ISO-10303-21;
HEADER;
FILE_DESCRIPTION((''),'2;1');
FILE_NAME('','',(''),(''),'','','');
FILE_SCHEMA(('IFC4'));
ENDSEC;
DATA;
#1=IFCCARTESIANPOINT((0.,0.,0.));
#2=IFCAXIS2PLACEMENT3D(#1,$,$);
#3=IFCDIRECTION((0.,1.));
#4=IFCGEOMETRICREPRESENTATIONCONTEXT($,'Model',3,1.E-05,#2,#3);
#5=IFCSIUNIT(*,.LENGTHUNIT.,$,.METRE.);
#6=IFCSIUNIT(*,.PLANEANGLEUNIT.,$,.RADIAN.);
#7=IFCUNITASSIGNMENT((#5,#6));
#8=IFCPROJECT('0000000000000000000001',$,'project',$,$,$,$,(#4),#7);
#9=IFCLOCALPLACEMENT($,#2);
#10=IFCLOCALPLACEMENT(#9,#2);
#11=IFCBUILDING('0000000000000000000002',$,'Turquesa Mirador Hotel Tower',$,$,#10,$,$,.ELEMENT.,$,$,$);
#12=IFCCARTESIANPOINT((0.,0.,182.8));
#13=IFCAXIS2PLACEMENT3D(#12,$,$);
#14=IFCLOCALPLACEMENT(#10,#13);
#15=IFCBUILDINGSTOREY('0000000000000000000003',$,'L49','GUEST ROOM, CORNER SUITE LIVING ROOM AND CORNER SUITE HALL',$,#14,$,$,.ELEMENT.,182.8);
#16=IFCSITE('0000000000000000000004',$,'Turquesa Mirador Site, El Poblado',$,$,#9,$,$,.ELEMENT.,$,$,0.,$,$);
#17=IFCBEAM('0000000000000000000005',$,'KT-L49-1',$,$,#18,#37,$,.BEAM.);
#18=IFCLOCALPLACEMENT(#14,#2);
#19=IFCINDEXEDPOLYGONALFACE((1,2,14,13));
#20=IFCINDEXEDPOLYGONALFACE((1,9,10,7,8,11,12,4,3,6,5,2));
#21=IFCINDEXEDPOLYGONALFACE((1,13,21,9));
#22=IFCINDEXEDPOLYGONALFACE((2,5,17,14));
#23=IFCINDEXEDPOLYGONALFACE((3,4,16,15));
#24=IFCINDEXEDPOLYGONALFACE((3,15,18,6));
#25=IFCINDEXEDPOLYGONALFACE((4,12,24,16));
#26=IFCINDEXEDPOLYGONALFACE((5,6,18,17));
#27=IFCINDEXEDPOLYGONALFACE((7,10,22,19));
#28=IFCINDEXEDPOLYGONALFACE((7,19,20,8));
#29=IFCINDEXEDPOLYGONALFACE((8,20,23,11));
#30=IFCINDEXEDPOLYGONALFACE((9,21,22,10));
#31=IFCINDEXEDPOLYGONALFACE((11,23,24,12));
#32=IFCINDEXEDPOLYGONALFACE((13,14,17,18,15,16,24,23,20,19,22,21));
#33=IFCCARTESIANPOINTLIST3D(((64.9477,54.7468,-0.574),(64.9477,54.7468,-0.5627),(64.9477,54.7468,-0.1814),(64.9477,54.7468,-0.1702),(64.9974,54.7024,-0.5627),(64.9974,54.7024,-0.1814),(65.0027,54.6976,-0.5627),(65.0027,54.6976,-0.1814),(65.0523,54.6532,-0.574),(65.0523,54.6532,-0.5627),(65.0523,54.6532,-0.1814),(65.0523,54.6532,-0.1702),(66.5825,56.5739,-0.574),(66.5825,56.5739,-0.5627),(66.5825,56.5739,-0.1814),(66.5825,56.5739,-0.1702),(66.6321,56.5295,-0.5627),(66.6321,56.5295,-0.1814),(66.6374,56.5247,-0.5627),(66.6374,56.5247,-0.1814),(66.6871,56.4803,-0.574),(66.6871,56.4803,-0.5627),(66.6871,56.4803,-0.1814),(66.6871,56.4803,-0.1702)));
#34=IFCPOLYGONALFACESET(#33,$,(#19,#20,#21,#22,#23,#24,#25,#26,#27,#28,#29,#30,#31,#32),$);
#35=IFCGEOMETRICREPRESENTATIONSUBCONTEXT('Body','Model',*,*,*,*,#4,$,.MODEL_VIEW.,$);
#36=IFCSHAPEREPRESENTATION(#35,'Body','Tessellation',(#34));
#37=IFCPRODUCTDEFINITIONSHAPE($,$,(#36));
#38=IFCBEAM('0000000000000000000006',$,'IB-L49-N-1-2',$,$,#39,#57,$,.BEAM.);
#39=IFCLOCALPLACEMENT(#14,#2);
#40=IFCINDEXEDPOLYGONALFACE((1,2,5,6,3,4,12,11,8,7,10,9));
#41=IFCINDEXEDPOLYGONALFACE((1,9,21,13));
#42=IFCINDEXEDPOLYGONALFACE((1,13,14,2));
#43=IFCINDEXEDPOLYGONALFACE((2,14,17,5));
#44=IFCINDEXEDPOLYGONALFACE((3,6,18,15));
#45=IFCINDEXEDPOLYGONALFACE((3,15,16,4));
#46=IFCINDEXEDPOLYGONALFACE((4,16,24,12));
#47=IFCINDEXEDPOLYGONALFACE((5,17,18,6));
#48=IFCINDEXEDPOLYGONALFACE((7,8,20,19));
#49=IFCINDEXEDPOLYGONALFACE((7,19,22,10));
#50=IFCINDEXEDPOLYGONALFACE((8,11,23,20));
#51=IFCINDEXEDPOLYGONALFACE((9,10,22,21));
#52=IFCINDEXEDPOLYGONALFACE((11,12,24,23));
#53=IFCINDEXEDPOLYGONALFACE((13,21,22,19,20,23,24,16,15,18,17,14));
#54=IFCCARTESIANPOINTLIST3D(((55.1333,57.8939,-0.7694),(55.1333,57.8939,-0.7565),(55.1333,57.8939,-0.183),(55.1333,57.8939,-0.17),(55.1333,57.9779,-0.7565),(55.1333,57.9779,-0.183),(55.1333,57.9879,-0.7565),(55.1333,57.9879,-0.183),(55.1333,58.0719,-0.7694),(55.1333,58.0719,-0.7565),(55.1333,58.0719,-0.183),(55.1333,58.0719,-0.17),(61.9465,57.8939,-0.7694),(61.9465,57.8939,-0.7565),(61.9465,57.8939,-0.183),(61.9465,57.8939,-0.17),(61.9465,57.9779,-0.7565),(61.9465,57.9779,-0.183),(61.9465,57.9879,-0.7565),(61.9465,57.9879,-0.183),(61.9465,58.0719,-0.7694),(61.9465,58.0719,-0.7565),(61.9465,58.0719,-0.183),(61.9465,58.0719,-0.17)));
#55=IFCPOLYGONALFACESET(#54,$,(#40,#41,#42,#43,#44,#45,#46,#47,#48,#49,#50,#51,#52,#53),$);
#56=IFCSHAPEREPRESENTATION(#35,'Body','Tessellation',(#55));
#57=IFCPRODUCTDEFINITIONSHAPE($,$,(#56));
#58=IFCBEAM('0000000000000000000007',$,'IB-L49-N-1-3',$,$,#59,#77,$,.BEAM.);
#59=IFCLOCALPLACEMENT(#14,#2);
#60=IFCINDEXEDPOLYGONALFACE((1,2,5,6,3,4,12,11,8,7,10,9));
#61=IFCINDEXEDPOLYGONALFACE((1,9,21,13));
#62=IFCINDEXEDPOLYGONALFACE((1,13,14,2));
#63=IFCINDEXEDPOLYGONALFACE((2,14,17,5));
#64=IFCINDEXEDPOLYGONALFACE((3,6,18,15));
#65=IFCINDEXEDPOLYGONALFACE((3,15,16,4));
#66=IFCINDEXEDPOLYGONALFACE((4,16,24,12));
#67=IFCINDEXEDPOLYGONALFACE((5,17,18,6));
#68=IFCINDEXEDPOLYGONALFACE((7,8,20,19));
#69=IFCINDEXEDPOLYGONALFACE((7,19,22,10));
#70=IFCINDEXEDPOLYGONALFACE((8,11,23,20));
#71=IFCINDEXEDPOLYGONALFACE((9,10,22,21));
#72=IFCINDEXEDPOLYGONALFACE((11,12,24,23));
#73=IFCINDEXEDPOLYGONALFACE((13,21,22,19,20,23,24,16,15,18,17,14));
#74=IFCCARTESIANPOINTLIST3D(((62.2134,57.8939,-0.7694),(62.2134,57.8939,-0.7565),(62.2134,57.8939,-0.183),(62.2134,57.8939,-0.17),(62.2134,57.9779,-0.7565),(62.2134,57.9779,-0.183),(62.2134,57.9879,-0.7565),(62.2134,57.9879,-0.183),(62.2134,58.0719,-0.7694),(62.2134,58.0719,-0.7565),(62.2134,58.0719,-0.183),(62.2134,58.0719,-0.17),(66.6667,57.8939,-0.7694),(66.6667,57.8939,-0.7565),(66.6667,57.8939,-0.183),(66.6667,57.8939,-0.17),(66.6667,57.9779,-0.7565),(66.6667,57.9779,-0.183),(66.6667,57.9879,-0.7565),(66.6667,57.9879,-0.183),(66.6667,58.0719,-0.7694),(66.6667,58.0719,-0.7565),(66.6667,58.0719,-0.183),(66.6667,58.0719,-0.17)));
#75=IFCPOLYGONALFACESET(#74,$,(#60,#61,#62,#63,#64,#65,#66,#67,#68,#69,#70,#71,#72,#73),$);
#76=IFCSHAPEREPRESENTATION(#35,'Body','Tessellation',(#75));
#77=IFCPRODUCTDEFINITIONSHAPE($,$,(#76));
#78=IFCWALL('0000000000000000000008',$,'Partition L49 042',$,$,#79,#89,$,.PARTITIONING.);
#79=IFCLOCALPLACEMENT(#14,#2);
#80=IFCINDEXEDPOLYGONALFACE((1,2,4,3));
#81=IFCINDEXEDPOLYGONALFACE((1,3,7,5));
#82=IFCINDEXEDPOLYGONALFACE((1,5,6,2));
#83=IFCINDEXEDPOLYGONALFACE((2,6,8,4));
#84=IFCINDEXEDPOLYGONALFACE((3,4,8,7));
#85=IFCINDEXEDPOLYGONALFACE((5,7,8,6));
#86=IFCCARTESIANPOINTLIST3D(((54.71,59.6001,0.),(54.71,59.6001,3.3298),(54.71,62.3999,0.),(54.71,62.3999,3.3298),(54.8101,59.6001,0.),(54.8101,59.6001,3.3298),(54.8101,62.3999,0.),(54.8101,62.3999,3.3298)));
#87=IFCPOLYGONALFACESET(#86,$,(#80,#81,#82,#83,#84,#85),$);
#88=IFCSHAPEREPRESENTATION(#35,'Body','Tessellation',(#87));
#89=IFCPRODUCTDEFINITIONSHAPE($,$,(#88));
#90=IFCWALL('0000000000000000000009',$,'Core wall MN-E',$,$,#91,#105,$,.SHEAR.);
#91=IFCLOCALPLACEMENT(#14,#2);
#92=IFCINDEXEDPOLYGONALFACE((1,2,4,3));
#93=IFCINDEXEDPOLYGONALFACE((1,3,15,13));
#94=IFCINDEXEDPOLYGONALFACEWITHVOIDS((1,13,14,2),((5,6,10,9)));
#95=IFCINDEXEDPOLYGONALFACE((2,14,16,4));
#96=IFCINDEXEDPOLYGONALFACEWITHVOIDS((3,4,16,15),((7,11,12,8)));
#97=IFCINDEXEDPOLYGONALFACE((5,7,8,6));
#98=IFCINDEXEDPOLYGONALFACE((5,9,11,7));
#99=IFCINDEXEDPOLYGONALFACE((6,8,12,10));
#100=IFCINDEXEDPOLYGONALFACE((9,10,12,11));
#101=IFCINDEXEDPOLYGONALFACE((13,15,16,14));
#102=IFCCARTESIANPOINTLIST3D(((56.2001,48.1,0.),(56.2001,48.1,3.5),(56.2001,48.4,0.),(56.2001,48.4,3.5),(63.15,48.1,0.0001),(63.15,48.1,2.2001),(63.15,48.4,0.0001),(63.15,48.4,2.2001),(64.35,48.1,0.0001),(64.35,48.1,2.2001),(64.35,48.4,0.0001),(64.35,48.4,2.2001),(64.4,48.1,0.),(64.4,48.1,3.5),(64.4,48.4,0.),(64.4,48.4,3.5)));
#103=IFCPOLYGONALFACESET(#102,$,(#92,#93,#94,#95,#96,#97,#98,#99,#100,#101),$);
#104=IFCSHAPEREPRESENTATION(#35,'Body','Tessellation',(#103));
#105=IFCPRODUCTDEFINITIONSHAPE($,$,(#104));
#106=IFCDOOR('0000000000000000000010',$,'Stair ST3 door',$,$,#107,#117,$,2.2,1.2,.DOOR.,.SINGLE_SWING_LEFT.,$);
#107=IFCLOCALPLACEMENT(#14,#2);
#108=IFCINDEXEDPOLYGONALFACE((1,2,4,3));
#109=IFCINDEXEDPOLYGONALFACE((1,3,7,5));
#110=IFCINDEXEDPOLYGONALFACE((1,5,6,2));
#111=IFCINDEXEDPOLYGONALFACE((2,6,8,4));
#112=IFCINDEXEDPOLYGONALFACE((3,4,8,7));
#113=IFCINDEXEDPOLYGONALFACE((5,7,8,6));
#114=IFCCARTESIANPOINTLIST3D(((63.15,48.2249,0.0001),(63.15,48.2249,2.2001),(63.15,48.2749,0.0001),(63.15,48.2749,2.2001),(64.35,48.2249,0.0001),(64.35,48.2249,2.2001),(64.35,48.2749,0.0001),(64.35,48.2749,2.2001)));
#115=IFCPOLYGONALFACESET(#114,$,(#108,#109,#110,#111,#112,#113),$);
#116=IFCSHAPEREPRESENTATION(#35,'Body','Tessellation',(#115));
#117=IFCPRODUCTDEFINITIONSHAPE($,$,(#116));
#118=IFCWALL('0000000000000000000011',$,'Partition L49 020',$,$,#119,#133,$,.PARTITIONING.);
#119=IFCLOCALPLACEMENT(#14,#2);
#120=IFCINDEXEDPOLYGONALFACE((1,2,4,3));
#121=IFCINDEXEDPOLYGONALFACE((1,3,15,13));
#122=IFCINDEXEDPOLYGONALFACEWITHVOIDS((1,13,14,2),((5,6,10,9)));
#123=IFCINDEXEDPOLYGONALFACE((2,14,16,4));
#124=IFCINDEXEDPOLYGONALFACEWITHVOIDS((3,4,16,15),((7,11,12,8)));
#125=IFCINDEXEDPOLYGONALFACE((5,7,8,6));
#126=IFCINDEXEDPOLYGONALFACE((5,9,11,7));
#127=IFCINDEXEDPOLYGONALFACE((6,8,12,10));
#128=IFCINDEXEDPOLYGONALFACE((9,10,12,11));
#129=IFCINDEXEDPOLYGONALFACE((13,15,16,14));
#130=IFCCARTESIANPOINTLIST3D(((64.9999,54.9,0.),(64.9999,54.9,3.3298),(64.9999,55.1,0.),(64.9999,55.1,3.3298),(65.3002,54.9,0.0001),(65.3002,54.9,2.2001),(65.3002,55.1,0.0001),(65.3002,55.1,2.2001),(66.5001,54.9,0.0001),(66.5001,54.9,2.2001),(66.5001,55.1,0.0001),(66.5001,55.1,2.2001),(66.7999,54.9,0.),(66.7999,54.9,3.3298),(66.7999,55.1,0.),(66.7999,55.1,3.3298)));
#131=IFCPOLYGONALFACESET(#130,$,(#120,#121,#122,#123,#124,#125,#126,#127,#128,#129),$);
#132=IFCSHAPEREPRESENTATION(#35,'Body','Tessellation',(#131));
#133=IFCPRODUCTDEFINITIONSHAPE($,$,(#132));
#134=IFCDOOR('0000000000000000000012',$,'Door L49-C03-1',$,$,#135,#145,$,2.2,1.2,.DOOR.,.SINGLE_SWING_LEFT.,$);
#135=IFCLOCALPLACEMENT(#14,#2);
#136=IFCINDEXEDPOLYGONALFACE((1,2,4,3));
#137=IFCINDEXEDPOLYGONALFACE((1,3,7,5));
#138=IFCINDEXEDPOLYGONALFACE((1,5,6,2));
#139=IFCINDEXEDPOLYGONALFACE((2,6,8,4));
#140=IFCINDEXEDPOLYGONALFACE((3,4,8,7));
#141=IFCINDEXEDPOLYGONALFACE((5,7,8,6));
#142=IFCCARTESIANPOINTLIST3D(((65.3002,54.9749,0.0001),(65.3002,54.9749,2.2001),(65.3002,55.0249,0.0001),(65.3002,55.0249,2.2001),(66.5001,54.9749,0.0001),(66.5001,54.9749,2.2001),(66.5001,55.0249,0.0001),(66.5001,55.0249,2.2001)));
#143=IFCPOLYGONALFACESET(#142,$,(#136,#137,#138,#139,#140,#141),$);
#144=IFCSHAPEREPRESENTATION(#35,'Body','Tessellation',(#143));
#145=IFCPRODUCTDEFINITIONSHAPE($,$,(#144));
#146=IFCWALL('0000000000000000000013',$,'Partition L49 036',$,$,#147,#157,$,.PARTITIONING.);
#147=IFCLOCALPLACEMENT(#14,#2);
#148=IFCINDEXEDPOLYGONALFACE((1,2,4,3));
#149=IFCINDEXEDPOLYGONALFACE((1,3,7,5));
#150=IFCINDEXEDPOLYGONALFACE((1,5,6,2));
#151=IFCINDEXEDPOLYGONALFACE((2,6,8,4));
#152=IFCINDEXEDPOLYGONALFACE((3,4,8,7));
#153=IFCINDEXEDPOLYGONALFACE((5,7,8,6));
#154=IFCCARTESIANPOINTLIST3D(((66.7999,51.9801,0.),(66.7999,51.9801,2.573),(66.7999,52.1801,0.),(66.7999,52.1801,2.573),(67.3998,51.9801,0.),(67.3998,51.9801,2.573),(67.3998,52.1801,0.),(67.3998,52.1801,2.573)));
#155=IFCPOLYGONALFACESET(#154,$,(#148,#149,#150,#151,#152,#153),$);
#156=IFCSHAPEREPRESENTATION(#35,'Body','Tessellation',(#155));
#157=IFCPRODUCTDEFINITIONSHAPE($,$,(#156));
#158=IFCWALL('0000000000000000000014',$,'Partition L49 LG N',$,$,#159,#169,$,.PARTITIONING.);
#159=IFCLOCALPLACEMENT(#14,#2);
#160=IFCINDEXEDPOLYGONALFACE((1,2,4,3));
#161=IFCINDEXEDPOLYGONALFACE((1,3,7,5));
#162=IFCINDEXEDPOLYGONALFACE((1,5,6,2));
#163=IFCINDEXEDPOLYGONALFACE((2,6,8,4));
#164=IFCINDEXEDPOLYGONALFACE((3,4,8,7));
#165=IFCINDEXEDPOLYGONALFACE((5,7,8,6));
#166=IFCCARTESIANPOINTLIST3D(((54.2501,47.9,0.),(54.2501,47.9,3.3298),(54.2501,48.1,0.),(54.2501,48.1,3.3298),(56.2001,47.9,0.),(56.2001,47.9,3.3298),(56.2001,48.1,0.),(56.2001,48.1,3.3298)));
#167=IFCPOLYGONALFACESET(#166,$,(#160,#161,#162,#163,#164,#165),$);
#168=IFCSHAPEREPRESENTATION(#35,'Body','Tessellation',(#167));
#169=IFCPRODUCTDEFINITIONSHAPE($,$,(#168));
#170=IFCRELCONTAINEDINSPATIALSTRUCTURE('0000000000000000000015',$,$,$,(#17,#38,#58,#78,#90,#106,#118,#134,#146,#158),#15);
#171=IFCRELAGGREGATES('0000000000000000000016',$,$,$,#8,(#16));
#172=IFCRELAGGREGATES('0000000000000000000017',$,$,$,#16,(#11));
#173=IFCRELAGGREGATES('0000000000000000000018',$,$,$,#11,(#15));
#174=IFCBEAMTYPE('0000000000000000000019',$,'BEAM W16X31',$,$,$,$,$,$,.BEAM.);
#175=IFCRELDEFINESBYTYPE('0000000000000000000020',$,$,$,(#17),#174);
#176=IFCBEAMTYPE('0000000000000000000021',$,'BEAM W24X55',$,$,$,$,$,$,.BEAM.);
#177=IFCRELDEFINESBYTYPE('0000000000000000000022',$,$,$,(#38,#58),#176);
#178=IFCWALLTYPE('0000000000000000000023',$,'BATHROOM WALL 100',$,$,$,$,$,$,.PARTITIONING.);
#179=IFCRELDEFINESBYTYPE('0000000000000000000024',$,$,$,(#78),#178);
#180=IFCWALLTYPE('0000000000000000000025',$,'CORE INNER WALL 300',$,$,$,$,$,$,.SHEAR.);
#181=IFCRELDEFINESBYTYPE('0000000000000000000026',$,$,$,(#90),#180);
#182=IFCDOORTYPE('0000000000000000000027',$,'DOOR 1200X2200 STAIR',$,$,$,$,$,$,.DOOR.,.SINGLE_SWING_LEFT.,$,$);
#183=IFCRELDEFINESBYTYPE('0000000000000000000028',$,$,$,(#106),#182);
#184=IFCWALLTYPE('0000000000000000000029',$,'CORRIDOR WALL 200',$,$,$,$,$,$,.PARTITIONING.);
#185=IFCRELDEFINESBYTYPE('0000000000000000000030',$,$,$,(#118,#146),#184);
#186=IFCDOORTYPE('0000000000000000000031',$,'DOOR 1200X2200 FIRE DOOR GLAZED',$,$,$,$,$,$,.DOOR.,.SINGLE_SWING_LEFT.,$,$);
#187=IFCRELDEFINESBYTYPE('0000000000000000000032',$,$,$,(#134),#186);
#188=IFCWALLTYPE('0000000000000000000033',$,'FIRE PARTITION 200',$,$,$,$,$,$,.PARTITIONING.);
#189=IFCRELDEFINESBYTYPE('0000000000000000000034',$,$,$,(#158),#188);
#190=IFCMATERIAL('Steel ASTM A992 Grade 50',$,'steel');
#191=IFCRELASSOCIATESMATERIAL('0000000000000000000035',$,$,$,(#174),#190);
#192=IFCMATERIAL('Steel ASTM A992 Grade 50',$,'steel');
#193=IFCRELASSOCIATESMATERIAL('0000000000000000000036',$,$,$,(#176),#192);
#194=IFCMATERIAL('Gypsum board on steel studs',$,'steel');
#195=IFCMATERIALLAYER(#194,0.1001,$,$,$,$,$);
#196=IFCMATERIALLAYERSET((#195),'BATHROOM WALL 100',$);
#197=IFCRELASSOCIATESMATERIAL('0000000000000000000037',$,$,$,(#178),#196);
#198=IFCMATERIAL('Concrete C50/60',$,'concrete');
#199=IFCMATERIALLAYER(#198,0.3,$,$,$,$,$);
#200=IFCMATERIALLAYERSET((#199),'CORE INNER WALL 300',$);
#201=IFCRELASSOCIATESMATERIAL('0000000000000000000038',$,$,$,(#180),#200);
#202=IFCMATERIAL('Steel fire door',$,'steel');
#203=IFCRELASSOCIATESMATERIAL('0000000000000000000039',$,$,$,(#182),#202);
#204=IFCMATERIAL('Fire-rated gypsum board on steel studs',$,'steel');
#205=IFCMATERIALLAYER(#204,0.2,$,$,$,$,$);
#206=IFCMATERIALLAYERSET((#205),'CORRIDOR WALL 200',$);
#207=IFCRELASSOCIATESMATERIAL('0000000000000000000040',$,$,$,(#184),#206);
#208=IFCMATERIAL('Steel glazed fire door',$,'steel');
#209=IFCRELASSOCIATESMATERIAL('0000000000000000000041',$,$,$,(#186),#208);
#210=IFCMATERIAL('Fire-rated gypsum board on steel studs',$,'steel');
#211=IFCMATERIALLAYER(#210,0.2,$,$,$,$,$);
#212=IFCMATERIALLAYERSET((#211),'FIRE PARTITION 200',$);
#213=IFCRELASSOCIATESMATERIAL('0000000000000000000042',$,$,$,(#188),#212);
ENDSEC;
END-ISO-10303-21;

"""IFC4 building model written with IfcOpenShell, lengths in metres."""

from ifc_helpers import new_model, si_unit, direction, frame, frame_2d, origin, origin_2d, place, context, subcontext, project, spatial, rectangle, i_section, extrude, material, layer, layer_set, material_profile, profile_set, type_object, element, fill, save


model = new_model("IFC4")

# Units and contexts
model_context = context("Model", 3, precision=1e-05, world=origin(), true_north=direction((0.0, 1.0)))
body_context = subcontext(model_context, "Body", "Model", "MODEL_VIEW")
ifc_project = project(units=[si_unit("LENGTHUNIT", "METRE"), si_unit("PLANEANGLEUNIT", "RADIAN")], contexts=[model_context])

# Site, building, storey
site_placement = place(None, origin())
site = spatial("IfcSite", under=ifc_project, at=site_placement, Name="Turquesa Mirador Site, El Poblado", CompositionType="ELEMENT", RefElevation=0.0)
building_placement = place(site_placement, origin())
building = spatial("IfcBuilding", under=site, at=building_placement, Name="Turquesa Mirador Hotel Tower", CompositionType="ELEMENT")
storey_placement = place(building_placement, frame((0.0, 0.0, 182.8)))
storey = spatial("IfcBuildingStorey", under=building, at=storey_placement, Name="L49", Description="GUEST ROOM, CORNER SUITE LIVING ROOM AND CORNER SUITE HALL", CompositionType="ELEMENT", Elevation=182.8)

# Beams
ifc_material_1 = material(Name="Steel ASTM A992 Grade 50", Category="steel")
ifc_material_profile_1 = material_profile(ifc_material_1, i_section(OverallWidth=0.1404, OverallDepth=0.4038, WebThickness=0.0071, FlangeThickness=0.0112, at=origin_2d()), Name="W16X31")
ifc_profile_set_1 = profile_set([ifc_material_profile_1], Name="Steel ASTM A992 Grade 50")
beam_type_1 = type_object("IfcBeamType", Name="BEAM W16X31", PredefinedType="BEAM", material=ifc_profile_set_1)
beam_1_placement = place(storey_placement, frame((66.6348, 56.5271, -0.3721), z_axis=(-0.666783, -0.745252, 0.0), x_axis=(0.745252, -0.666783, 0.0)))
element("IfcBeam", 1, at=beam_1_placement, inside=storey, type_object=beam_type_1, Name="KT-L49-1", PredefinedType="BEAM", context=body_context, shape_type="SweptSolid", body=[
    extrude(i_section(OverallWidth=0.1404, OverallDepth=0.4038, WebThickness=0.0071, FlangeThickness=0.0112, at=origin_2d()), origin(), (0.0, 0.0, 1.0), 2.4517),
])
ifc_material_2 = material(Name="Steel ASTM A992 Grade 50", Category="steel")
ifc_material_profile_2 = material_profile(ifc_material_2, i_section(OverallWidth=0.178, OverallDepth=0.5994, WebThickness=0.01, FlangeThickness=0.0129, at=origin_2d()), Name="W24X55")
ifc_profile_set_2 = profile_set([ifc_material_profile_2], Name="Steel ASTM A992 Grade 50")
beam_type_2 = type_object("IfcBeamType", Name="BEAM W24X55", PredefinedType="BEAM", material=ifc_profile_set_2)
beam_2_placement = place(storey_placement, frame((55.1333, 57.9829, -0.4697), z_axis=(1.0, 0.0, 0.0), x_axis=(0.0, 1.0, 0.0)))
element("IfcBeam", 2, at=beam_2_placement, inside=storey, type_object=beam_type_2, Name="IB-L49-N-1-2", PredefinedType="BEAM", context=body_context, shape_type="SweptSolid", body=[
    extrude(i_section(OverallWidth=0.178, OverallDepth=0.5994, WebThickness=0.01, FlangeThickness=0.0129, at=origin_2d()), origin(), (0.0, 0.0, 1.0), 6.8132),
])
beam_3_placement = place(storey_placement, frame((62.2134, 57.9829, -0.4697), z_axis=(1.0, 0.0, 0.0), x_axis=(0.0, 1.0, 0.0)))
element("IfcBeam", 3, at=beam_3_placement, inside=storey, type_object=beam_type_2, Name="IB-L49-N-1-3", PredefinedType="BEAM", context=body_context, shape_type="SweptSolid", body=[
    extrude(i_section(OverallWidth=0.178, OverallDepth=0.5994, WebThickness=0.01, FlangeThickness=0.0129, at=origin_2d()), origin(), (0.0, 0.0, 1.0), 4.4534),
])

# Wall
ifc_material_3 = material(Name="Gypsum board on steel studs", Category="steel")
ifc_layer_1 = layer(ifc_material_3, 0.1001)
ifc_layer_set_1 = layer_set([ifc_layer_1], Name="BATHROOM WALL 100")
wall_type_1 = type_object("IfcWallType", Name="BATHROOM WALL 100", PredefinedType="PARTITIONING", material=ifc_layer_set_1)
wall_1_placement = place(storey_placement, frame((54.76, 59.6001, 0.0), z_axis=(0.0, 0.0, 1.0), x_axis=(0.0, 1.0, 0.0)))
element("IfcWall", 4, at=wall_1_placement, inside=storey, type_object=wall_type_1, Name="Partition L49 042", PredefinedType="PARTITIONING", context=body_context, shape_type="SweptSolid", body=[
    extrude(rectangle(XDim=2.7998, YDim=0.1001, at=frame_2d((1.3999, 0.0))), origin(), (0.0, 0.0, 1.0), 3.3298),
])

# Walls, openings, doors
ifc_material_4 = material(Name="Concrete C50/60", Category="concrete")
ifc_layer_2 = layer(ifc_material_4, 0.3)
ifc_layer_set_2 = layer_set([ifc_layer_2], Name="CORE INNER WALL 300")
wall_type_2 = type_object("IfcWallType", Name="CORE INNER WALL 300", PredefinedType="SHEAR", material=ifc_layer_set_2)
wall_2_placement = place(storey_placement, frame((56.2, 48.25, 0.0), z_axis=(0.0, 0.0, 1.0), x_axis=(1.0, 0.0, 0.0)))
wall_2 = element("IfcWall", 5, at=wall_2_placement, inside=storey, type_object=wall_type_2, Name="Core wall MN-E", PredefinedType="SHEAR", context=body_context, shape_type="SweptSolid", body=[
    extrude(rectangle(XDim=8.2, YDim=0.3, at=frame_2d((4.1001, 0.0))), origin(), (0.0, 0.0, 1.0), 3.5),
])
opening_1_placement = place(wall_2_placement, frame((6.95, 0.0, 0.0)))
opening_1 = element("IfcOpeningElement", 6, at=opening_1_placement, cuts=wall_2, PredefinedType="OPENING", context=body_context, shape_type="SweptSolid", body=[
    extrude(rectangle(XDim=1.2, YDim=2.2, at=frame_2d((0.6001, 1.1001))), frame((0.0, 0.1599, 0.0), z_axis=(0.0, -1.0, 0.0), x_axis=(1.0, 0.0, 0.0)), (0.0, 0.0, 1.0), 0.3201),
])
ifc_material_5 = material(Name="Steel fire door", Category="steel")
door_type_1 = type_object("IfcDoorType", Name="DOOR 1200X2200 STAIR", OperationType="SINGLE_SWING_LEFT", PredefinedType="DOOR", material=ifc_material_5)
door_1_placement = place(opening_1_placement, origin())
door_1 = element("IfcDoor", 7, at=door_1_placement, inside=storey, type_object=door_type_1, Name="Stair ST3 door", OperationType="SINGLE_SWING_LEFT", OverallHeight=2.2, OverallWidth=1.2, PredefinedType="DOOR", context=body_context, shape_type="SweptSolid", body=[
    extrude(rectangle(XDim=1.2, YDim=2.2, at=frame_2d((0.6001, 1.1001))), frame((0.0, 0.0249, 0.0), z_axis=(0.0, -1.0, 0.0), x_axis=(1.0, 0.0, 0.0)), (0.0, 0.0, 1.0), 0.05),
])
fill(opening_1, door_1)
ifc_material_6 = material(Name="Fire-rated gypsum board on steel studs", Category="steel")
ifc_layer_3 = layer(ifc_material_6, 0.2)
ifc_layer_set_3 = layer_set([ifc_layer_3], Name="CORRIDOR WALL 200")
wall_type_3 = type_object("IfcWallType", Name="CORRIDOR WALL 200", PredefinedType="PARTITIONING", material=ifc_layer_set_3)
wall_3_placement = place(storey_placement, frame((65.0, 55.0, 0.0), z_axis=(0.0, 0.0, 1.0), x_axis=(1.0, 0.0, 0.0)))
wall_3 = element("IfcWall", 8, at=wall_3_placement, inside=storey, type_object=wall_type_3, Name="Partition L49 020", PredefinedType="PARTITIONING", context=body_context, shape_type="SweptSolid", body=[
    extrude(rectangle(XDim=1.8, YDim=0.2, at=frame_2d((0.8999, 0.0))), origin(), (0.0, 0.0, 1.0), 3.3298),
])
opening_2_placement = place(wall_3_placement, frame((0.3, 0.0, 0.0)))
opening_2 = element("IfcOpeningElement", 9, at=opening_2_placement, cuts=wall_3, PredefinedType="OPENING", context=body_context, shape_type="SweptSolid", body=[
    extrude(rectangle(XDim=1.2, YDim=2.2, at=frame_2d((0.6001, 1.1001))), frame((0.0, 0.1099, 0.0), z_axis=(0.0, -1.0, 0.0), x_axis=(1.0, 0.0, 0.0)), (0.0, 0.0, 1.0), 0.22),
])
ifc_material_7 = material(Name="Steel glazed fire door", Category="steel")
door_type_2 = type_object("IfcDoorType", Name="DOOR 1200X2200 FIRE DOOR GLAZED", OperationType="SINGLE_SWING_LEFT", PredefinedType="DOOR", material=ifc_material_7)
door_2_placement = place(opening_2_placement, origin())
door_2 = element("IfcDoor", 10, at=door_2_placement, inside=storey, type_object=door_type_2, Name="Door L49-C03-1", OperationType="SINGLE_SWING_LEFT", OverallHeight=2.2, OverallWidth=1.2, PredefinedType="DOOR", context=body_context, shape_type="SweptSolid", body=[
    extrude(rectangle(XDim=1.2, YDim=2.2, at=frame_2d((0.6001, 1.1001))), frame((0.0, 0.0249, 0.0), z_axis=(0.0, -1.0, 0.0), x_axis=(1.0, 0.0, 0.0)), (0.0, 0.0, 1.0), 0.05),
])
fill(opening_2, door_2)

# Walls
wall_4_placement = place(storey_placement, frame((66.8, 52.0801, 0.0), z_axis=(0.0, 0.0, 1.0), x_axis=(1.0, 0.0, 0.0)))
element("IfcWall", 11, at=wall_4_placement, inside=storey, type_object=wall_type_3, Name="Partition L49 036", PredefinedType="PARTITIONING", context=body_context, shape_type="SweptSolid", body=[
    extrude(rectangle(XDim=0.5999, YDim=0.2, at=frame_2d((0.2998, 0.0))), origin(), (0.0, 0.0, 1.0), 2.573),
])
ifc_material_8 = material(Name="Fire-rated gypsum board on steel studs", Category="steel")
ifc_layer_4 = layer(ifc_material_8, 0.2)
ifc_layer_set_4 = layer_set([ifc_layer_4], Name="FIRE PARTITION 200")
wall_type_4 = type_object("IfcWallType", Name="FIRE PARTITION 200", PredefinedType="PARTITIONING", material=ifc_layer_set_4)
wall_5_placement = place(storey_placement, frame((54.25, 48.0, 0.0), z_axis=(0.0, 0.0, 1.0), x_axis=(1.0, 0.0, 0.0)))
element("IfcWall", 12, at=wall_5_placement, inside=storey, type_object=wall_type_4, Name="Partition L49 LG N", PredefinedType="PARTITIONING", context=body_context, shape_type="SweptSolid", body=[
    extrude(rectangle(XDim=1.95, YDim=0.2, at=frame_2d((0.9751, 0.0))), origin(), (0.0, 0.0, 1.0), 3.3298),
])

save(model, "model.ifc")
